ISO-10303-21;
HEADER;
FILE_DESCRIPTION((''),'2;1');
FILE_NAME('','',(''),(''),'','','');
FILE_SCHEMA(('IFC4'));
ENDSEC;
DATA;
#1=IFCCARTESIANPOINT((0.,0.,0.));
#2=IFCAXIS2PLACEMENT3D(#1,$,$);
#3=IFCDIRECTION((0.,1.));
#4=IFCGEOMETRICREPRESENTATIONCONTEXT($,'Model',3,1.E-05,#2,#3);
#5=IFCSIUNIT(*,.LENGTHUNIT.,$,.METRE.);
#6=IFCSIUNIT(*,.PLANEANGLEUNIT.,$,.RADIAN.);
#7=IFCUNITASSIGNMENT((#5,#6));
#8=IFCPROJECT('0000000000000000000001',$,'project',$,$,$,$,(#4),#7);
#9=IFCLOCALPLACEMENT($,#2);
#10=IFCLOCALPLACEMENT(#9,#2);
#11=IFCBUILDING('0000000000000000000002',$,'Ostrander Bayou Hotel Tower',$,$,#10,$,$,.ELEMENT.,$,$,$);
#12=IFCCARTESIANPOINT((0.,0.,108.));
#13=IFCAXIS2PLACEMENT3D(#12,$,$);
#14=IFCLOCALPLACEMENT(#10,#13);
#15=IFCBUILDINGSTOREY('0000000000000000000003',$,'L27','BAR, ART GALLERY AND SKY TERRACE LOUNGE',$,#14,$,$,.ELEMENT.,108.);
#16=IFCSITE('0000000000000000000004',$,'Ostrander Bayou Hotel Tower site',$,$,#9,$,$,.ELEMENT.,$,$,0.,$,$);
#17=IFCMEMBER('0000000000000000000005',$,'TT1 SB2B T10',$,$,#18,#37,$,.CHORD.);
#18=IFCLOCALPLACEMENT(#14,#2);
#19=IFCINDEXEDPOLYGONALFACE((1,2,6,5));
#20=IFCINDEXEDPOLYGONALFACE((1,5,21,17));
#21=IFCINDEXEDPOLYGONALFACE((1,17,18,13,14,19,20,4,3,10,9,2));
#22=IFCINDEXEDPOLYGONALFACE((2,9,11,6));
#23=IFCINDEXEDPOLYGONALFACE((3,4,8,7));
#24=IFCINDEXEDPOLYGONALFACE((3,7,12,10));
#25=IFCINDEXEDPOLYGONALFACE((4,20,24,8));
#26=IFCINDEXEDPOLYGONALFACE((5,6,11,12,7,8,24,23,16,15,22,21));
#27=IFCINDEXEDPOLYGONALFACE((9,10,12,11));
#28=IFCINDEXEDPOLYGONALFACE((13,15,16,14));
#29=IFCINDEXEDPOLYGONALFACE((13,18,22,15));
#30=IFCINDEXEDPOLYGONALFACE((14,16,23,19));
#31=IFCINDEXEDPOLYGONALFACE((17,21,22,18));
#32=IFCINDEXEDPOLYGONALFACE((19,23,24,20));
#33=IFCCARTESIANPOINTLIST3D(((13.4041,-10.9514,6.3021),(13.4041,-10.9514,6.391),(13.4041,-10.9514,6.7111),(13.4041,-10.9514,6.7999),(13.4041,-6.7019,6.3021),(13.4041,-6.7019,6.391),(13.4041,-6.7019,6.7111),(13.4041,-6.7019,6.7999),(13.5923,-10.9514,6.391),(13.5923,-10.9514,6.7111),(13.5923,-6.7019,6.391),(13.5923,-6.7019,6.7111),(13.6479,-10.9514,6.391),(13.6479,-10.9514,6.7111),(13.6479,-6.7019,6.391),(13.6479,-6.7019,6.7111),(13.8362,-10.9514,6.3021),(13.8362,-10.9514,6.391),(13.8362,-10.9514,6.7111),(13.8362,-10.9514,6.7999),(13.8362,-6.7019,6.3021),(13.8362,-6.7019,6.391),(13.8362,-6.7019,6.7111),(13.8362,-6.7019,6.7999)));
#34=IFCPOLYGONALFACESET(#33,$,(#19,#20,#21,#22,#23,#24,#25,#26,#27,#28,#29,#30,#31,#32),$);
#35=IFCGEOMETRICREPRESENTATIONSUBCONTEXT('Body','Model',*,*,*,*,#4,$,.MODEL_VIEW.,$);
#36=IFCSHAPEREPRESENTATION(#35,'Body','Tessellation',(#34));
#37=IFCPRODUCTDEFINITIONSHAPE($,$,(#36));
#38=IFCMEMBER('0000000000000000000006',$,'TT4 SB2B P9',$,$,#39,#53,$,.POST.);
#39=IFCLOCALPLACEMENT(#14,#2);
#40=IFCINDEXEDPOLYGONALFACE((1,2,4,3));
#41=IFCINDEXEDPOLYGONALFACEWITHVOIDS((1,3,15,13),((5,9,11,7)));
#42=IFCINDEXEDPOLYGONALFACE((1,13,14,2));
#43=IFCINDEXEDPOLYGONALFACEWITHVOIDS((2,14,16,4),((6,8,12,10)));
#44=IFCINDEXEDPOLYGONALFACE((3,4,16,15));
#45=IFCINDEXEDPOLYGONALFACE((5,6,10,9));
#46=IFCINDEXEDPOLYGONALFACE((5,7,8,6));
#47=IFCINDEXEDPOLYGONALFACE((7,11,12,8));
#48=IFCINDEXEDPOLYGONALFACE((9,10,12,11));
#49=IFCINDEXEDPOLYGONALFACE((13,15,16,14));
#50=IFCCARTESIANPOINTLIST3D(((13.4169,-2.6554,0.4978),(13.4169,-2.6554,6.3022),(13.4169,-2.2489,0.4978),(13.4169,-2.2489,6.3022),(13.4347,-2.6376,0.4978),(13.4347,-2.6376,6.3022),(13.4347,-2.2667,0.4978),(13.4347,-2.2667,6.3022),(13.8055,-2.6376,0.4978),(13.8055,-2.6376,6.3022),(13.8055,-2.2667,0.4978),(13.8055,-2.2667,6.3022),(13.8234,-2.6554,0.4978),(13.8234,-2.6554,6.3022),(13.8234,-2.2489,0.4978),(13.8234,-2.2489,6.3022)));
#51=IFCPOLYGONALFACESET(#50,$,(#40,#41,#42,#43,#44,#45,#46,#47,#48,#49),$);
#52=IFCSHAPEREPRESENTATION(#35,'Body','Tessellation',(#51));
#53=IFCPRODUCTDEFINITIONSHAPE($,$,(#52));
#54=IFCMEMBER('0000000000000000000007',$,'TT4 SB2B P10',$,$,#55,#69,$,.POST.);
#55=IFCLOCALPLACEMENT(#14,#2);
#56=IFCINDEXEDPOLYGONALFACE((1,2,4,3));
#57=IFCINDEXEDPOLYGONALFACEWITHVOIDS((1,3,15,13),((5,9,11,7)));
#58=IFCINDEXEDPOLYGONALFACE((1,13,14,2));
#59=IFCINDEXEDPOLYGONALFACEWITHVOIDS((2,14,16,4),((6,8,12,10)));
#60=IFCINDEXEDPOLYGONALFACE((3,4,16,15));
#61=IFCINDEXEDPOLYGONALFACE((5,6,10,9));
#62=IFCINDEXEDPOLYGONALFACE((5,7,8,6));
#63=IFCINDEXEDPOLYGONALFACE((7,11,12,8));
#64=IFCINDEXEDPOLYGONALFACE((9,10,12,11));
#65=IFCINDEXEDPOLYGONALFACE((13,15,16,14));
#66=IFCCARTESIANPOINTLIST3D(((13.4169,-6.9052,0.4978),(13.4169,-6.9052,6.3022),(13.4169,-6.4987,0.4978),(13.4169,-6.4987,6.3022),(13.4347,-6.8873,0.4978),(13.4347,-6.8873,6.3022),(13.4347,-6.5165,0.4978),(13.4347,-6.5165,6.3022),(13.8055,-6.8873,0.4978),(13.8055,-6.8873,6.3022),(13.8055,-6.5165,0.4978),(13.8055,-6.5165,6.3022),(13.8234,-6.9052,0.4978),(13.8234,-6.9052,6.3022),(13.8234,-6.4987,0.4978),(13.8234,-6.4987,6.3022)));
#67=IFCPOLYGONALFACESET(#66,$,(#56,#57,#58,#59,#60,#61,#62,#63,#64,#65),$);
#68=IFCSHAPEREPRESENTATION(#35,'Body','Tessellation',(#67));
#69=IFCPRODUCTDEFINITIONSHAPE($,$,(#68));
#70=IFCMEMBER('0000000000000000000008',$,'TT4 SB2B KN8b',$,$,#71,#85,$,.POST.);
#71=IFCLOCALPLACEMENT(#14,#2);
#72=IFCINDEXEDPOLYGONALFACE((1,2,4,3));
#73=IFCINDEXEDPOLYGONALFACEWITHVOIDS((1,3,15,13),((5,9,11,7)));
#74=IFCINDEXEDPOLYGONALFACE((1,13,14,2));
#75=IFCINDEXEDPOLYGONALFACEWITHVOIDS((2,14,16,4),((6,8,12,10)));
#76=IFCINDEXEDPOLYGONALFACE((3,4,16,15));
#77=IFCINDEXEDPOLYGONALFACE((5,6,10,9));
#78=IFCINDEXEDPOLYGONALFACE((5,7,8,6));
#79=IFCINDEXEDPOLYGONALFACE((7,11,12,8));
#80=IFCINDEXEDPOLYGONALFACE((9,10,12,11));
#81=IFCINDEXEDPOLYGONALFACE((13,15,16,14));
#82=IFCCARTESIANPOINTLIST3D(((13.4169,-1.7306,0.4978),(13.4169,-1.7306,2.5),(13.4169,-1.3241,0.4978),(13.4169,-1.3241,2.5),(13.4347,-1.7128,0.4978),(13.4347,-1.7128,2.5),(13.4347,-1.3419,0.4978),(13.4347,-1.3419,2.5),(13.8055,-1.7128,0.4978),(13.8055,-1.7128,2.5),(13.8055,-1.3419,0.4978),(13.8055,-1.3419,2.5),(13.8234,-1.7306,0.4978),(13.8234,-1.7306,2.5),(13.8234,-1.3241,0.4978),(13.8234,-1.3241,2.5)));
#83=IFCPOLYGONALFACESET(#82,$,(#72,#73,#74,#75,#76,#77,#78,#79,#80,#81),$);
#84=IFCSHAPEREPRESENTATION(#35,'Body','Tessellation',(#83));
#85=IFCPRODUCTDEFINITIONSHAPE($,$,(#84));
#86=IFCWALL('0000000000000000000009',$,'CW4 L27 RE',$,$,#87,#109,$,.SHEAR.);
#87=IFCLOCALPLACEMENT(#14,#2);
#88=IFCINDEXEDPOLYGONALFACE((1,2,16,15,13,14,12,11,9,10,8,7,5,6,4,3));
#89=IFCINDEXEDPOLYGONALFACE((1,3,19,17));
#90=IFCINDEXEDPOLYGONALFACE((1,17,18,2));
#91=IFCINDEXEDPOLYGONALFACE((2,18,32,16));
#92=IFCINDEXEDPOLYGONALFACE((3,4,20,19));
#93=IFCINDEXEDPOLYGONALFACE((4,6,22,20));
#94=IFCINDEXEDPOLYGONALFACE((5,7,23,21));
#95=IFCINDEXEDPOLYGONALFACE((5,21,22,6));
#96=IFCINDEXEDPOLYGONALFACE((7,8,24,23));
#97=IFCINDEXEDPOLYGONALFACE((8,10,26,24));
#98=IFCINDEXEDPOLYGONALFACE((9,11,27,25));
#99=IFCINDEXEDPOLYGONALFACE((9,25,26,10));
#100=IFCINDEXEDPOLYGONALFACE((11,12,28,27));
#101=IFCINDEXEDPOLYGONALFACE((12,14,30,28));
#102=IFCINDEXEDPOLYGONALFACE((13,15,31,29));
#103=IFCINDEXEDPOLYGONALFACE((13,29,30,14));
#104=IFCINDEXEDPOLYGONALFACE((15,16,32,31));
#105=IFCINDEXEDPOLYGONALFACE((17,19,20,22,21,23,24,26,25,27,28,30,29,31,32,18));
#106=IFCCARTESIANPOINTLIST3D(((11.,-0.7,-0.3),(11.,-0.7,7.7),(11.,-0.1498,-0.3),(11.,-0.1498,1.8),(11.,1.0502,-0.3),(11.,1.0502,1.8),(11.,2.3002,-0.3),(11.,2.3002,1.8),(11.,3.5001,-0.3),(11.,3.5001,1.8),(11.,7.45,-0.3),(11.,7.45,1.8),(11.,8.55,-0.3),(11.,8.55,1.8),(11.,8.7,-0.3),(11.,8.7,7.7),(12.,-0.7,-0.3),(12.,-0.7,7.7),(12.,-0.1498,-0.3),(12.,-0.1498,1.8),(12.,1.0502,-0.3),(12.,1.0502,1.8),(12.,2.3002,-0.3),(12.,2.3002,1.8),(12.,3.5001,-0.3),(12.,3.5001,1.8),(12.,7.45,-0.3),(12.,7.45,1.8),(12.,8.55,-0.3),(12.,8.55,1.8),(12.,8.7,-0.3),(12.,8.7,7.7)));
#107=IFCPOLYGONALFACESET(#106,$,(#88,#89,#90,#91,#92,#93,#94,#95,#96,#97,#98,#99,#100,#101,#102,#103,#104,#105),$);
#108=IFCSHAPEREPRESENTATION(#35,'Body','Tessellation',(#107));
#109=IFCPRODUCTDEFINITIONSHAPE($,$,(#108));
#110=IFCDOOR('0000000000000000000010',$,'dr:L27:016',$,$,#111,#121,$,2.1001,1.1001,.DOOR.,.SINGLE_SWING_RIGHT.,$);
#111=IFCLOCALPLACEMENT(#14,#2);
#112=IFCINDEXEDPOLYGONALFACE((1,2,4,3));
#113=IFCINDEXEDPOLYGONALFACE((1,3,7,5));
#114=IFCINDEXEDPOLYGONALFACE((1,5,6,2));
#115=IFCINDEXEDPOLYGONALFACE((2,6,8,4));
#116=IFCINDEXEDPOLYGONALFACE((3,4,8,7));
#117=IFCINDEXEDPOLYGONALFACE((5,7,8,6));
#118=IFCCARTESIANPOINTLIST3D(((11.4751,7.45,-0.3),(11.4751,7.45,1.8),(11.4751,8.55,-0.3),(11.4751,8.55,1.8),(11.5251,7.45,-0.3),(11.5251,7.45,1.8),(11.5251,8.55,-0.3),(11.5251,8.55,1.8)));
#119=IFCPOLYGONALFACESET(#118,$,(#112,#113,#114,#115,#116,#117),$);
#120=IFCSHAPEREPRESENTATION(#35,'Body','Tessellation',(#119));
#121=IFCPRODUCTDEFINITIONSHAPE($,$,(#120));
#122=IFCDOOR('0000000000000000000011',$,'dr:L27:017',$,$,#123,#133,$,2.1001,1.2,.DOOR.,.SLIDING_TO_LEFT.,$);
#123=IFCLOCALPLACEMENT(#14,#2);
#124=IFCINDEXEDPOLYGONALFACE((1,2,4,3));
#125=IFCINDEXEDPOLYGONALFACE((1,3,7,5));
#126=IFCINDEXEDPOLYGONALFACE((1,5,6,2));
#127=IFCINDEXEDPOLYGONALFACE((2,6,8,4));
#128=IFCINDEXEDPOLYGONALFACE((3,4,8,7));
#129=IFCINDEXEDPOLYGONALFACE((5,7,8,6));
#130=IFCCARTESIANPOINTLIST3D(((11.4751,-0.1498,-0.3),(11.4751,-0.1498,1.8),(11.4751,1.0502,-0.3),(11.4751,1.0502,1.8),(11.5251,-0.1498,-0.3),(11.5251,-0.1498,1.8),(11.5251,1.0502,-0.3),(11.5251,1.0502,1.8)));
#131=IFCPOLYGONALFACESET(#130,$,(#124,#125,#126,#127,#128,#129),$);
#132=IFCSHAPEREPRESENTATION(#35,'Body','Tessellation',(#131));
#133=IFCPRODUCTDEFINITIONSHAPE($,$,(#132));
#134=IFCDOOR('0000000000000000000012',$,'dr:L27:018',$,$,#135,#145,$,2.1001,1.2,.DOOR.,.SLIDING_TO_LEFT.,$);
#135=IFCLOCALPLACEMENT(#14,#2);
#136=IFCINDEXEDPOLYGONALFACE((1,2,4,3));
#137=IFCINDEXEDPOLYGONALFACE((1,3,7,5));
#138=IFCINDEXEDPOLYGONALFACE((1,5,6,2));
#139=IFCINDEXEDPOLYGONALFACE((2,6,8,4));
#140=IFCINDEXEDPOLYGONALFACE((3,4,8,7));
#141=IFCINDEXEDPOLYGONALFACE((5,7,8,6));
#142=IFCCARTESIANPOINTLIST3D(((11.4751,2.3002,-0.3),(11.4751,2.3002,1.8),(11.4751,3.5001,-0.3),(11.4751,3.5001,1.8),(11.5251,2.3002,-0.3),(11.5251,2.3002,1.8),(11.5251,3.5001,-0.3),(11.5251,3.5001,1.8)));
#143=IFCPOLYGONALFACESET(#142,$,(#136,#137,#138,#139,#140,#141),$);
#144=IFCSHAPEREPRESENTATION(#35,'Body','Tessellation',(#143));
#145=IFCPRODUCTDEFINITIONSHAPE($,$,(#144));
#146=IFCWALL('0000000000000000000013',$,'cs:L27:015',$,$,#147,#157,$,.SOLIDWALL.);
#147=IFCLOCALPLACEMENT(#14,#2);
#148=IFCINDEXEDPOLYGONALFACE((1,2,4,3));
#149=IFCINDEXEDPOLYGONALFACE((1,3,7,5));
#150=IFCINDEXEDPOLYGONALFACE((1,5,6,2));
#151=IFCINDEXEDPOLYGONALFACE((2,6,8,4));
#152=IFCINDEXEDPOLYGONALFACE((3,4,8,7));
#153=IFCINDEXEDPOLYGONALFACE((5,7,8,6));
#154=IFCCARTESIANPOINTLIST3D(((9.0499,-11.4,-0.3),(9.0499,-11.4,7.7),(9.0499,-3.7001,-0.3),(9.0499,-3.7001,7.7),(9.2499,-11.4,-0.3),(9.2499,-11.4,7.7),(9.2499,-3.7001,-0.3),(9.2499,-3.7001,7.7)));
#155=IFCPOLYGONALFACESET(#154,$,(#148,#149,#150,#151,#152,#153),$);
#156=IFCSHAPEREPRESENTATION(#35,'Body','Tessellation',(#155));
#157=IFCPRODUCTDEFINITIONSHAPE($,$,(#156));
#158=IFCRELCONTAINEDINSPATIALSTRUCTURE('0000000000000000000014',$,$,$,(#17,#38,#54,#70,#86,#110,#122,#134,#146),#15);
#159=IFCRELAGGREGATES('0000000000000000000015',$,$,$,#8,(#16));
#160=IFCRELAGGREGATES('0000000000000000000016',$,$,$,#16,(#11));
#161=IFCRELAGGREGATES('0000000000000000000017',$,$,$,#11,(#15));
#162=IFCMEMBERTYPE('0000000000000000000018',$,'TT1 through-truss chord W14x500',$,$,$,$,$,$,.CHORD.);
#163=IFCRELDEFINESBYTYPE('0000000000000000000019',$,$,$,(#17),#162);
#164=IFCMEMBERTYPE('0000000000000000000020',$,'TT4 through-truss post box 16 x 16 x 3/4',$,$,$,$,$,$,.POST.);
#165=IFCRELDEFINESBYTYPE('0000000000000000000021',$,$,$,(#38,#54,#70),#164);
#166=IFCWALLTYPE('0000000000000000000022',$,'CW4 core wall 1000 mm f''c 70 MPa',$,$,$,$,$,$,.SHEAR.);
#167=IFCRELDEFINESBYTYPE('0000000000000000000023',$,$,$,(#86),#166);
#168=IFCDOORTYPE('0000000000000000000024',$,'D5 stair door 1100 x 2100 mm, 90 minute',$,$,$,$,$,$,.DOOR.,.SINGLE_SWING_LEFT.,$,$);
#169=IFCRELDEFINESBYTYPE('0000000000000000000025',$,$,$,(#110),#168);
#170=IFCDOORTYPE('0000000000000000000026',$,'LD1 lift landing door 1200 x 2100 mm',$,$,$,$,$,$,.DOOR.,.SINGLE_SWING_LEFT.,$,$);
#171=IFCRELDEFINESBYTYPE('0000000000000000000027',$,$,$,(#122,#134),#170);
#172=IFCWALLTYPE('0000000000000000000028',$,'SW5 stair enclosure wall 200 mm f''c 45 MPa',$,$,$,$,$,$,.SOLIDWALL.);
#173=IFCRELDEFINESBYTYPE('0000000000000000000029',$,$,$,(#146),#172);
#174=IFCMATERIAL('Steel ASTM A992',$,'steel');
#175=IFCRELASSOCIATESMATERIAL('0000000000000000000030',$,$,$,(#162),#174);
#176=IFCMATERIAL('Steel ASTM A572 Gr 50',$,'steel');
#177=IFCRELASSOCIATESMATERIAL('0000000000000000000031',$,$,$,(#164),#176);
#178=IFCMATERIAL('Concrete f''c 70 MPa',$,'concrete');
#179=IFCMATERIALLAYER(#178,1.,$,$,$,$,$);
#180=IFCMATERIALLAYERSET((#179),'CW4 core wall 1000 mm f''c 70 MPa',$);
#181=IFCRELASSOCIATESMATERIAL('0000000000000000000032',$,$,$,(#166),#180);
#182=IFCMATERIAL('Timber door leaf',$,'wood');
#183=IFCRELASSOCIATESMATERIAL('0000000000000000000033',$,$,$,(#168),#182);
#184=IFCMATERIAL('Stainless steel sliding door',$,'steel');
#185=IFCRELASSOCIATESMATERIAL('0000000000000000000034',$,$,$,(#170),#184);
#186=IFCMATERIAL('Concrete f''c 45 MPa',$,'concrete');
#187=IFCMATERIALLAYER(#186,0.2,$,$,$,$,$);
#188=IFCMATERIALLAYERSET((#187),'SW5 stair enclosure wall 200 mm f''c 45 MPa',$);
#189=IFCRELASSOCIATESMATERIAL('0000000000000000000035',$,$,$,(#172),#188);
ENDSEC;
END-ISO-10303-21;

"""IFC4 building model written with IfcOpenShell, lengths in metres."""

from ifc_helpers import new_model, si_unit, direction, frame, frame_2d, origin, origin_2d, place, context, subcontext, project, spatial, rectangle, hollow_rectangle, i_section, extrude, material, layer, layer_set, material_profile, profile_set, type_object, element, fill, save


model = new_model("IFC4")

# Units and contexts
model_context = context("Model", 3, precision=1e-05, world=origin(), true_north=direction((0.0, 1.0)))
body_context = subcontext(model_context, "Body", "Model", "MODEL_VIEW")
ifc_project = project(units=[si_unit("LENGTHUNIT", "METRE"), si_unit("PLANEANGLEUNIT", "RADIAN")], contexts=[model_context])

# Site, building, storey
site_placement = place(None, origin())
site = spatial("IfcSite", under=ifc_project, at=site_placement, Name="Ostrander Bayou Hotel Tower site", CompositionType="ELEMENT", RefElevation=0.0)
building_placement = place(site_placement, origin())
building = spatial("IfcBuilding", under=site, at=building_placement, Name="Ostrander Bayou Hotel Tower", CompositionType="ELEMENT")
storey_placement = place(building_placement, frame((0.0, 0.0, 108.0)))
storey = spatial("IfcBuildingStorey", under=building, at=storey_placement, Name="L27", Description="BAR, ART GALLERY AND SKY TERRACE LOUNGE", CompositionType="ELEMENT", Elevation=108.0)

# Members
ifc_material_1 = material(Name="Steel ASTM A992", Category="steel")
ifc_material_profile_1 = material_profile(ifc_material_1, i_section(OverallWidth=0.4321, OverallDepth=0.4978, WebThickness=0.0557, FlangeThickness=0.0889, at=origin_2d()))
ifc_profile_set_1 = profile_set([ifc_material_profile_1], Name="Steel ASTM A992")
member_type_1 = type_object("IfcMemberType", Name="TT1 through-truss chord W14x500", PredefinedType="CHORD", material=ifc_profile_set_1)
for number, where, z_axis, x_axis, name in (
    (1, (13.6201, -6.7019, 6.551), (0.0, -1.0, 0.0), (1.0, 0.0, 0.0), "TT1 SB2B T10"),
):
    element("IfcMember", number, at=place(storey_placement, frame(where, z_axis=z_axis, x_axis=x_axis)), inside=storey, type_object=member_type_1, Name=name, PredefinedType="CHORD", context=body_context, shape_type="SweptSolid", body=[
        extrude(i_section(OverallWidth=0.4321, OverallDepth=0.4978, WebThickness=0.0557, FlangeThickness=0.0889, at=origin_2d()), origin(), (0.0, 0.0, 1.0), 4.2495),
    ])
ifc_material_2 = material(Name="Steel ASTM A572 Gr 50", Category="steel")
ifc_material_profile_2 = material_profile(ifc_material_2, hollow_rectangle(XDim=0.4065, YDim=0.4065, WallThickness=0.0178, at=origin_2d()))
ifc_profile_set_2 = profile_set([ifc_material_profile_2], Name="Steel ASTM A572 Gr 50")
member_type_2 = type_object("IfcMemberType", Name="TT4 through-truss post box 16 x 16 x 3/4", PredefinedType="POST", material=ifc_profile_set_2)
for number, where, z_axis, x_axis, name in (
    (2, (13.6201, -2.4521, 0.4978), (0.0, 0.0, 1.0), (1.0, 0.0, 0.0), "TT4 SB2B P9"),
    (3, (13.6201, -6.7019, 0.4978), (0.0, 0.0, 1.0), (1.0, 0.0, 0.0), "TT4 SB2B P10"),
):
    element("IfcMember", number, at=place(storey_placement, frame(where, z_axis=z_axis, x_axis=x_axis)), inside=storey, type_object=member_type_2, Name=name, PredefinedType="POST", context=body_context, shape_type="SweptSolid", body=[
        extrude(hollow_rectangle(XDim=0.4065, YDim=0.4065, WallThickness=0.0178, at=origin_2d()), origin(), (0.0, 0.0, 1.0), 5.8044),
    ])
member_1_placement = place(storey_placement, frame((13.6201, -1.5273, 0.4978), z_axis=(0.0, 0.0, 1.0), x_axis=(1.0, 0.0, 0.0)))
element("IfcMember", 4, at=member_1_placement, inside=storey, type_object=member_type_2, Name="TT4 SB2B KN8b", PredefinedType="POST", context=body_context, shape_type="SweptSolid", body=[
    extrude(hollow_rectangle(XDim=0.4065, YDim=0.4065, WallThickness=0.0178, at=origin_2d()), origin(), (0.0, 0.0, 1.0), 2.0022),
])

# Wall, openings, doors
ifc_material_3 = material(Name="Concrete f'c 70 MPa", Category="concrete")
ifc_layer_1 = layer(ifc_material_3, 1.0)
ifc_layer_set_1 = layer_set([ifc_layer_1], Name="CW4 core wall 1000 mm f'c 70 MPa")
wall_type_1 = type_object("IfcWallType", Name="CW4 core wall 1000 mm f'c 70 MPa", PredefinedType="SHEAR", material=ifc_layer_set_1)
wall_1_placement = place(storey_placement, frame((11.5, -0.7, -0.3), z_axis=(0.0, 0.0, 1.0), x_axis=(0.0, 1.0, 0.0)))
wall_1 = element("IfcWall", 5, at=wall_1_placement, inside=storey, type_object=wall_type_1, Name="CW4 L27 RE", PredefinedType="SHEAR", context=body_context, shape_type="SweptSolid", body=[
    extrude(rectangle(XDim=9.3999, YDim=1.0, at=frame_2d((4.7, 0.0))), origin(), (0.0, 0.0, 1.0), 8.0),
])
opening_1_placement = place(wall_1_placement, frame((8.1499, 0.0, 0.0)))
opening_1 = element("IfcOpeningElement", 6, at=opening_1_placement, cuts=wall_1, PredefinedType="OPENING", context=body_context, shape_type="SweptSolid", body=[
    extrude(rectangle(XDim=1.1001, YDim=2.1001, at=frame_2d((0.55, 1.05))), frame((0.0, 0.5, 0.0), z_axis=(0.0, -1.0, 0.0), x_axis=(1.0, 0.0, 0.0)), (0.0, 0.0, 1.0), 1.0),
])
opening_2_placement = place(wall_1_placement, frame((0.55, 0.0, 0.0)))
opening_2 = element("IfcOpeningElement", 7, at=opening_2_placement, cuts=wall_1, PredefinedType="OPENING", context=body_context, shape_type="SweptSolid", body=[
    extrude(rectangle(XDim=1.2, YDim=2.1001, at=frame_2d((0.6001, 1.05))), frame((0.0, 0.5, 0.0), z_axis=(0.0, -1.0, 0.0), x_axis=(1.0, 0.0, 0.0)), (0.0, 0.0, 1.0), 1.0),
])
opening_3_placement = place(wall_1_placement, frame((3.0, 0.0, 0.0)))
opening_3 = element("IfcOpeningElement", 8, at=opening_3_placement, cuts=wall_1, PredefinedType="OPENING", context=body_context, shape_type="SweptSolid", body=[
    extrude(rectangle(XDim=1.2, YDim=2.1001, at=frame_2d((0.6001, 1.05))), frame((0.0, 0.5, 0.0), z_axis=(0.0, -1.0, 0.0), x_axis=(1.0, 0.0, 0.0)), (0.0, 0.0, 1.0), 1.0),
])
ifc_material_4 = material(Name="Timber door leaf", Category="wood")
door_type_1 = type_object("IfcDoorType", Name="D5 stair door 1100 x 2100 mm, 90 minute", OperationType="SINGLE_SWING_LEFT", PredefinedType="DOOR", material=ifc_material_4)
door_1_placement = place(opening_1_placement, origin())
door_1 = element("IfcDoor", 9, at=door_1_placement, inside=storey, type_object=door_type_1, Name="dr:L27:016", OperationType="SINGLE_SWING_RIGHT", OverallHeight=2.1001, OverallWidth=1.1001, PredefinedType="DOOR", context=body_context, shape_type="SweptSolid", body=[
    extrude(rectangle(XDim=1.1001, YDim=2.1001, at=frame_2d((0.55, 1.05))), frame((0.0, 0.0249, 0.0), z_axis=(0.0, -1.0, 0.0), x_axis=(1.0, 0.0, 0.0)), (0.0, 0.0, 1.0), 0.05),
])
fill(opening_1, door_1)
ifc_material_5 = material(Name="Stainless steel sliding door", Category="steel")
door_type_2 = type_object("IfcDoorType", Name="LD1 lift landing door 1200 x 2100 mm", OperationType="SINGLE_SWING_LEFT", PredefinedType="DOOR", material=ifc_material_5)
door_2_placement = place(opening_2_placement, origin())
door_2 = element("IfcDoor", 10, at=door_2_placement, inside=storey, type_object=door_type_2, Name="dr:L27:017", OperationType="SLIDING_TO_LEFT", OverallHeight=2.1001, OverallWidth=1.2, PredefinedType="DOOR", context=body_context, shape_type="SweptSolid", body=[
    extrude(rectangle(XDim=1.2, YDim=2.1001, at=frame_2d((0.6001, 1.05))), frame((0.0, 0.0249, 0.0), z_axis=(0.0, -1.0, 0.0), x_axis=(1.0, 0.0, 0.0)), (0.0, 0.0, 1.0), 0.05),
])
fill(opening_2, door_2)
door_3_placement = place(opening_3_placement, origin())
door_3 = element("IfcDoor", 11, at=door_3_placement, inside=storey, type_object=door_type_2, Name="dr:L27:018", OperationType="SLIDING_TO_LEFT", OverallHeight=2.1001, OverallWidth=1.2, PredefinedType="DOOR", context=body_context, shape_type="SweptSolid", body=[
    extrude(rectangle(XDim=1.2, YDim=2.1001, at=frame_2d((0.6001, 1.05))), frame((0.0, 0.0249, 0.0), z_axis=(0.0, -1.0, 0.0), x_axis=(1.0, 0.0, 0.0)), (0.0, 0.0, 1.0), 0.05),
])
fill(opening_3, door_3)

# Wall
ifc_material_6 = material(Name="Concrete f'c 45 MPa", Category="concrete")
ifc_layer_2 = layer(ifc_material_6, 0.2)
ifc_layer_set_2 = layer_set([ifc_layer_2], Name="SW5 stair enclosure wall 200 mm f'c 45 MPa")
wall_type_2 = type_object("IfcWallType", Name="SW5 stair enclosure wall 200 mm f'c 45 MPa", PredefinedType="SOLIDWALL", material=ifc_layer_set_2)
wall_2_placement = place(storey_placement, frame((9.1499, -3.7, -0.3), z_axis=(0.0, 0.0, 1.0), x_axis=(0.0, -1.0, 0.0)))
element("IfcWall", 12, at=wall_2_placement, inside=storey, type_object=wall_type_2, Name="cs:L27:015", PredefinedType="SOLIDWALL", context=body_context, shape_type="SweptSolid", body=[
    extrude(rectangle(XDim=7.7, YDim=0.2, at=frame_2d((3.8501, 0.0))), origin(), (0.0, 0.0, 1.0), 8.0),
])

save(model, "model.ifc")
